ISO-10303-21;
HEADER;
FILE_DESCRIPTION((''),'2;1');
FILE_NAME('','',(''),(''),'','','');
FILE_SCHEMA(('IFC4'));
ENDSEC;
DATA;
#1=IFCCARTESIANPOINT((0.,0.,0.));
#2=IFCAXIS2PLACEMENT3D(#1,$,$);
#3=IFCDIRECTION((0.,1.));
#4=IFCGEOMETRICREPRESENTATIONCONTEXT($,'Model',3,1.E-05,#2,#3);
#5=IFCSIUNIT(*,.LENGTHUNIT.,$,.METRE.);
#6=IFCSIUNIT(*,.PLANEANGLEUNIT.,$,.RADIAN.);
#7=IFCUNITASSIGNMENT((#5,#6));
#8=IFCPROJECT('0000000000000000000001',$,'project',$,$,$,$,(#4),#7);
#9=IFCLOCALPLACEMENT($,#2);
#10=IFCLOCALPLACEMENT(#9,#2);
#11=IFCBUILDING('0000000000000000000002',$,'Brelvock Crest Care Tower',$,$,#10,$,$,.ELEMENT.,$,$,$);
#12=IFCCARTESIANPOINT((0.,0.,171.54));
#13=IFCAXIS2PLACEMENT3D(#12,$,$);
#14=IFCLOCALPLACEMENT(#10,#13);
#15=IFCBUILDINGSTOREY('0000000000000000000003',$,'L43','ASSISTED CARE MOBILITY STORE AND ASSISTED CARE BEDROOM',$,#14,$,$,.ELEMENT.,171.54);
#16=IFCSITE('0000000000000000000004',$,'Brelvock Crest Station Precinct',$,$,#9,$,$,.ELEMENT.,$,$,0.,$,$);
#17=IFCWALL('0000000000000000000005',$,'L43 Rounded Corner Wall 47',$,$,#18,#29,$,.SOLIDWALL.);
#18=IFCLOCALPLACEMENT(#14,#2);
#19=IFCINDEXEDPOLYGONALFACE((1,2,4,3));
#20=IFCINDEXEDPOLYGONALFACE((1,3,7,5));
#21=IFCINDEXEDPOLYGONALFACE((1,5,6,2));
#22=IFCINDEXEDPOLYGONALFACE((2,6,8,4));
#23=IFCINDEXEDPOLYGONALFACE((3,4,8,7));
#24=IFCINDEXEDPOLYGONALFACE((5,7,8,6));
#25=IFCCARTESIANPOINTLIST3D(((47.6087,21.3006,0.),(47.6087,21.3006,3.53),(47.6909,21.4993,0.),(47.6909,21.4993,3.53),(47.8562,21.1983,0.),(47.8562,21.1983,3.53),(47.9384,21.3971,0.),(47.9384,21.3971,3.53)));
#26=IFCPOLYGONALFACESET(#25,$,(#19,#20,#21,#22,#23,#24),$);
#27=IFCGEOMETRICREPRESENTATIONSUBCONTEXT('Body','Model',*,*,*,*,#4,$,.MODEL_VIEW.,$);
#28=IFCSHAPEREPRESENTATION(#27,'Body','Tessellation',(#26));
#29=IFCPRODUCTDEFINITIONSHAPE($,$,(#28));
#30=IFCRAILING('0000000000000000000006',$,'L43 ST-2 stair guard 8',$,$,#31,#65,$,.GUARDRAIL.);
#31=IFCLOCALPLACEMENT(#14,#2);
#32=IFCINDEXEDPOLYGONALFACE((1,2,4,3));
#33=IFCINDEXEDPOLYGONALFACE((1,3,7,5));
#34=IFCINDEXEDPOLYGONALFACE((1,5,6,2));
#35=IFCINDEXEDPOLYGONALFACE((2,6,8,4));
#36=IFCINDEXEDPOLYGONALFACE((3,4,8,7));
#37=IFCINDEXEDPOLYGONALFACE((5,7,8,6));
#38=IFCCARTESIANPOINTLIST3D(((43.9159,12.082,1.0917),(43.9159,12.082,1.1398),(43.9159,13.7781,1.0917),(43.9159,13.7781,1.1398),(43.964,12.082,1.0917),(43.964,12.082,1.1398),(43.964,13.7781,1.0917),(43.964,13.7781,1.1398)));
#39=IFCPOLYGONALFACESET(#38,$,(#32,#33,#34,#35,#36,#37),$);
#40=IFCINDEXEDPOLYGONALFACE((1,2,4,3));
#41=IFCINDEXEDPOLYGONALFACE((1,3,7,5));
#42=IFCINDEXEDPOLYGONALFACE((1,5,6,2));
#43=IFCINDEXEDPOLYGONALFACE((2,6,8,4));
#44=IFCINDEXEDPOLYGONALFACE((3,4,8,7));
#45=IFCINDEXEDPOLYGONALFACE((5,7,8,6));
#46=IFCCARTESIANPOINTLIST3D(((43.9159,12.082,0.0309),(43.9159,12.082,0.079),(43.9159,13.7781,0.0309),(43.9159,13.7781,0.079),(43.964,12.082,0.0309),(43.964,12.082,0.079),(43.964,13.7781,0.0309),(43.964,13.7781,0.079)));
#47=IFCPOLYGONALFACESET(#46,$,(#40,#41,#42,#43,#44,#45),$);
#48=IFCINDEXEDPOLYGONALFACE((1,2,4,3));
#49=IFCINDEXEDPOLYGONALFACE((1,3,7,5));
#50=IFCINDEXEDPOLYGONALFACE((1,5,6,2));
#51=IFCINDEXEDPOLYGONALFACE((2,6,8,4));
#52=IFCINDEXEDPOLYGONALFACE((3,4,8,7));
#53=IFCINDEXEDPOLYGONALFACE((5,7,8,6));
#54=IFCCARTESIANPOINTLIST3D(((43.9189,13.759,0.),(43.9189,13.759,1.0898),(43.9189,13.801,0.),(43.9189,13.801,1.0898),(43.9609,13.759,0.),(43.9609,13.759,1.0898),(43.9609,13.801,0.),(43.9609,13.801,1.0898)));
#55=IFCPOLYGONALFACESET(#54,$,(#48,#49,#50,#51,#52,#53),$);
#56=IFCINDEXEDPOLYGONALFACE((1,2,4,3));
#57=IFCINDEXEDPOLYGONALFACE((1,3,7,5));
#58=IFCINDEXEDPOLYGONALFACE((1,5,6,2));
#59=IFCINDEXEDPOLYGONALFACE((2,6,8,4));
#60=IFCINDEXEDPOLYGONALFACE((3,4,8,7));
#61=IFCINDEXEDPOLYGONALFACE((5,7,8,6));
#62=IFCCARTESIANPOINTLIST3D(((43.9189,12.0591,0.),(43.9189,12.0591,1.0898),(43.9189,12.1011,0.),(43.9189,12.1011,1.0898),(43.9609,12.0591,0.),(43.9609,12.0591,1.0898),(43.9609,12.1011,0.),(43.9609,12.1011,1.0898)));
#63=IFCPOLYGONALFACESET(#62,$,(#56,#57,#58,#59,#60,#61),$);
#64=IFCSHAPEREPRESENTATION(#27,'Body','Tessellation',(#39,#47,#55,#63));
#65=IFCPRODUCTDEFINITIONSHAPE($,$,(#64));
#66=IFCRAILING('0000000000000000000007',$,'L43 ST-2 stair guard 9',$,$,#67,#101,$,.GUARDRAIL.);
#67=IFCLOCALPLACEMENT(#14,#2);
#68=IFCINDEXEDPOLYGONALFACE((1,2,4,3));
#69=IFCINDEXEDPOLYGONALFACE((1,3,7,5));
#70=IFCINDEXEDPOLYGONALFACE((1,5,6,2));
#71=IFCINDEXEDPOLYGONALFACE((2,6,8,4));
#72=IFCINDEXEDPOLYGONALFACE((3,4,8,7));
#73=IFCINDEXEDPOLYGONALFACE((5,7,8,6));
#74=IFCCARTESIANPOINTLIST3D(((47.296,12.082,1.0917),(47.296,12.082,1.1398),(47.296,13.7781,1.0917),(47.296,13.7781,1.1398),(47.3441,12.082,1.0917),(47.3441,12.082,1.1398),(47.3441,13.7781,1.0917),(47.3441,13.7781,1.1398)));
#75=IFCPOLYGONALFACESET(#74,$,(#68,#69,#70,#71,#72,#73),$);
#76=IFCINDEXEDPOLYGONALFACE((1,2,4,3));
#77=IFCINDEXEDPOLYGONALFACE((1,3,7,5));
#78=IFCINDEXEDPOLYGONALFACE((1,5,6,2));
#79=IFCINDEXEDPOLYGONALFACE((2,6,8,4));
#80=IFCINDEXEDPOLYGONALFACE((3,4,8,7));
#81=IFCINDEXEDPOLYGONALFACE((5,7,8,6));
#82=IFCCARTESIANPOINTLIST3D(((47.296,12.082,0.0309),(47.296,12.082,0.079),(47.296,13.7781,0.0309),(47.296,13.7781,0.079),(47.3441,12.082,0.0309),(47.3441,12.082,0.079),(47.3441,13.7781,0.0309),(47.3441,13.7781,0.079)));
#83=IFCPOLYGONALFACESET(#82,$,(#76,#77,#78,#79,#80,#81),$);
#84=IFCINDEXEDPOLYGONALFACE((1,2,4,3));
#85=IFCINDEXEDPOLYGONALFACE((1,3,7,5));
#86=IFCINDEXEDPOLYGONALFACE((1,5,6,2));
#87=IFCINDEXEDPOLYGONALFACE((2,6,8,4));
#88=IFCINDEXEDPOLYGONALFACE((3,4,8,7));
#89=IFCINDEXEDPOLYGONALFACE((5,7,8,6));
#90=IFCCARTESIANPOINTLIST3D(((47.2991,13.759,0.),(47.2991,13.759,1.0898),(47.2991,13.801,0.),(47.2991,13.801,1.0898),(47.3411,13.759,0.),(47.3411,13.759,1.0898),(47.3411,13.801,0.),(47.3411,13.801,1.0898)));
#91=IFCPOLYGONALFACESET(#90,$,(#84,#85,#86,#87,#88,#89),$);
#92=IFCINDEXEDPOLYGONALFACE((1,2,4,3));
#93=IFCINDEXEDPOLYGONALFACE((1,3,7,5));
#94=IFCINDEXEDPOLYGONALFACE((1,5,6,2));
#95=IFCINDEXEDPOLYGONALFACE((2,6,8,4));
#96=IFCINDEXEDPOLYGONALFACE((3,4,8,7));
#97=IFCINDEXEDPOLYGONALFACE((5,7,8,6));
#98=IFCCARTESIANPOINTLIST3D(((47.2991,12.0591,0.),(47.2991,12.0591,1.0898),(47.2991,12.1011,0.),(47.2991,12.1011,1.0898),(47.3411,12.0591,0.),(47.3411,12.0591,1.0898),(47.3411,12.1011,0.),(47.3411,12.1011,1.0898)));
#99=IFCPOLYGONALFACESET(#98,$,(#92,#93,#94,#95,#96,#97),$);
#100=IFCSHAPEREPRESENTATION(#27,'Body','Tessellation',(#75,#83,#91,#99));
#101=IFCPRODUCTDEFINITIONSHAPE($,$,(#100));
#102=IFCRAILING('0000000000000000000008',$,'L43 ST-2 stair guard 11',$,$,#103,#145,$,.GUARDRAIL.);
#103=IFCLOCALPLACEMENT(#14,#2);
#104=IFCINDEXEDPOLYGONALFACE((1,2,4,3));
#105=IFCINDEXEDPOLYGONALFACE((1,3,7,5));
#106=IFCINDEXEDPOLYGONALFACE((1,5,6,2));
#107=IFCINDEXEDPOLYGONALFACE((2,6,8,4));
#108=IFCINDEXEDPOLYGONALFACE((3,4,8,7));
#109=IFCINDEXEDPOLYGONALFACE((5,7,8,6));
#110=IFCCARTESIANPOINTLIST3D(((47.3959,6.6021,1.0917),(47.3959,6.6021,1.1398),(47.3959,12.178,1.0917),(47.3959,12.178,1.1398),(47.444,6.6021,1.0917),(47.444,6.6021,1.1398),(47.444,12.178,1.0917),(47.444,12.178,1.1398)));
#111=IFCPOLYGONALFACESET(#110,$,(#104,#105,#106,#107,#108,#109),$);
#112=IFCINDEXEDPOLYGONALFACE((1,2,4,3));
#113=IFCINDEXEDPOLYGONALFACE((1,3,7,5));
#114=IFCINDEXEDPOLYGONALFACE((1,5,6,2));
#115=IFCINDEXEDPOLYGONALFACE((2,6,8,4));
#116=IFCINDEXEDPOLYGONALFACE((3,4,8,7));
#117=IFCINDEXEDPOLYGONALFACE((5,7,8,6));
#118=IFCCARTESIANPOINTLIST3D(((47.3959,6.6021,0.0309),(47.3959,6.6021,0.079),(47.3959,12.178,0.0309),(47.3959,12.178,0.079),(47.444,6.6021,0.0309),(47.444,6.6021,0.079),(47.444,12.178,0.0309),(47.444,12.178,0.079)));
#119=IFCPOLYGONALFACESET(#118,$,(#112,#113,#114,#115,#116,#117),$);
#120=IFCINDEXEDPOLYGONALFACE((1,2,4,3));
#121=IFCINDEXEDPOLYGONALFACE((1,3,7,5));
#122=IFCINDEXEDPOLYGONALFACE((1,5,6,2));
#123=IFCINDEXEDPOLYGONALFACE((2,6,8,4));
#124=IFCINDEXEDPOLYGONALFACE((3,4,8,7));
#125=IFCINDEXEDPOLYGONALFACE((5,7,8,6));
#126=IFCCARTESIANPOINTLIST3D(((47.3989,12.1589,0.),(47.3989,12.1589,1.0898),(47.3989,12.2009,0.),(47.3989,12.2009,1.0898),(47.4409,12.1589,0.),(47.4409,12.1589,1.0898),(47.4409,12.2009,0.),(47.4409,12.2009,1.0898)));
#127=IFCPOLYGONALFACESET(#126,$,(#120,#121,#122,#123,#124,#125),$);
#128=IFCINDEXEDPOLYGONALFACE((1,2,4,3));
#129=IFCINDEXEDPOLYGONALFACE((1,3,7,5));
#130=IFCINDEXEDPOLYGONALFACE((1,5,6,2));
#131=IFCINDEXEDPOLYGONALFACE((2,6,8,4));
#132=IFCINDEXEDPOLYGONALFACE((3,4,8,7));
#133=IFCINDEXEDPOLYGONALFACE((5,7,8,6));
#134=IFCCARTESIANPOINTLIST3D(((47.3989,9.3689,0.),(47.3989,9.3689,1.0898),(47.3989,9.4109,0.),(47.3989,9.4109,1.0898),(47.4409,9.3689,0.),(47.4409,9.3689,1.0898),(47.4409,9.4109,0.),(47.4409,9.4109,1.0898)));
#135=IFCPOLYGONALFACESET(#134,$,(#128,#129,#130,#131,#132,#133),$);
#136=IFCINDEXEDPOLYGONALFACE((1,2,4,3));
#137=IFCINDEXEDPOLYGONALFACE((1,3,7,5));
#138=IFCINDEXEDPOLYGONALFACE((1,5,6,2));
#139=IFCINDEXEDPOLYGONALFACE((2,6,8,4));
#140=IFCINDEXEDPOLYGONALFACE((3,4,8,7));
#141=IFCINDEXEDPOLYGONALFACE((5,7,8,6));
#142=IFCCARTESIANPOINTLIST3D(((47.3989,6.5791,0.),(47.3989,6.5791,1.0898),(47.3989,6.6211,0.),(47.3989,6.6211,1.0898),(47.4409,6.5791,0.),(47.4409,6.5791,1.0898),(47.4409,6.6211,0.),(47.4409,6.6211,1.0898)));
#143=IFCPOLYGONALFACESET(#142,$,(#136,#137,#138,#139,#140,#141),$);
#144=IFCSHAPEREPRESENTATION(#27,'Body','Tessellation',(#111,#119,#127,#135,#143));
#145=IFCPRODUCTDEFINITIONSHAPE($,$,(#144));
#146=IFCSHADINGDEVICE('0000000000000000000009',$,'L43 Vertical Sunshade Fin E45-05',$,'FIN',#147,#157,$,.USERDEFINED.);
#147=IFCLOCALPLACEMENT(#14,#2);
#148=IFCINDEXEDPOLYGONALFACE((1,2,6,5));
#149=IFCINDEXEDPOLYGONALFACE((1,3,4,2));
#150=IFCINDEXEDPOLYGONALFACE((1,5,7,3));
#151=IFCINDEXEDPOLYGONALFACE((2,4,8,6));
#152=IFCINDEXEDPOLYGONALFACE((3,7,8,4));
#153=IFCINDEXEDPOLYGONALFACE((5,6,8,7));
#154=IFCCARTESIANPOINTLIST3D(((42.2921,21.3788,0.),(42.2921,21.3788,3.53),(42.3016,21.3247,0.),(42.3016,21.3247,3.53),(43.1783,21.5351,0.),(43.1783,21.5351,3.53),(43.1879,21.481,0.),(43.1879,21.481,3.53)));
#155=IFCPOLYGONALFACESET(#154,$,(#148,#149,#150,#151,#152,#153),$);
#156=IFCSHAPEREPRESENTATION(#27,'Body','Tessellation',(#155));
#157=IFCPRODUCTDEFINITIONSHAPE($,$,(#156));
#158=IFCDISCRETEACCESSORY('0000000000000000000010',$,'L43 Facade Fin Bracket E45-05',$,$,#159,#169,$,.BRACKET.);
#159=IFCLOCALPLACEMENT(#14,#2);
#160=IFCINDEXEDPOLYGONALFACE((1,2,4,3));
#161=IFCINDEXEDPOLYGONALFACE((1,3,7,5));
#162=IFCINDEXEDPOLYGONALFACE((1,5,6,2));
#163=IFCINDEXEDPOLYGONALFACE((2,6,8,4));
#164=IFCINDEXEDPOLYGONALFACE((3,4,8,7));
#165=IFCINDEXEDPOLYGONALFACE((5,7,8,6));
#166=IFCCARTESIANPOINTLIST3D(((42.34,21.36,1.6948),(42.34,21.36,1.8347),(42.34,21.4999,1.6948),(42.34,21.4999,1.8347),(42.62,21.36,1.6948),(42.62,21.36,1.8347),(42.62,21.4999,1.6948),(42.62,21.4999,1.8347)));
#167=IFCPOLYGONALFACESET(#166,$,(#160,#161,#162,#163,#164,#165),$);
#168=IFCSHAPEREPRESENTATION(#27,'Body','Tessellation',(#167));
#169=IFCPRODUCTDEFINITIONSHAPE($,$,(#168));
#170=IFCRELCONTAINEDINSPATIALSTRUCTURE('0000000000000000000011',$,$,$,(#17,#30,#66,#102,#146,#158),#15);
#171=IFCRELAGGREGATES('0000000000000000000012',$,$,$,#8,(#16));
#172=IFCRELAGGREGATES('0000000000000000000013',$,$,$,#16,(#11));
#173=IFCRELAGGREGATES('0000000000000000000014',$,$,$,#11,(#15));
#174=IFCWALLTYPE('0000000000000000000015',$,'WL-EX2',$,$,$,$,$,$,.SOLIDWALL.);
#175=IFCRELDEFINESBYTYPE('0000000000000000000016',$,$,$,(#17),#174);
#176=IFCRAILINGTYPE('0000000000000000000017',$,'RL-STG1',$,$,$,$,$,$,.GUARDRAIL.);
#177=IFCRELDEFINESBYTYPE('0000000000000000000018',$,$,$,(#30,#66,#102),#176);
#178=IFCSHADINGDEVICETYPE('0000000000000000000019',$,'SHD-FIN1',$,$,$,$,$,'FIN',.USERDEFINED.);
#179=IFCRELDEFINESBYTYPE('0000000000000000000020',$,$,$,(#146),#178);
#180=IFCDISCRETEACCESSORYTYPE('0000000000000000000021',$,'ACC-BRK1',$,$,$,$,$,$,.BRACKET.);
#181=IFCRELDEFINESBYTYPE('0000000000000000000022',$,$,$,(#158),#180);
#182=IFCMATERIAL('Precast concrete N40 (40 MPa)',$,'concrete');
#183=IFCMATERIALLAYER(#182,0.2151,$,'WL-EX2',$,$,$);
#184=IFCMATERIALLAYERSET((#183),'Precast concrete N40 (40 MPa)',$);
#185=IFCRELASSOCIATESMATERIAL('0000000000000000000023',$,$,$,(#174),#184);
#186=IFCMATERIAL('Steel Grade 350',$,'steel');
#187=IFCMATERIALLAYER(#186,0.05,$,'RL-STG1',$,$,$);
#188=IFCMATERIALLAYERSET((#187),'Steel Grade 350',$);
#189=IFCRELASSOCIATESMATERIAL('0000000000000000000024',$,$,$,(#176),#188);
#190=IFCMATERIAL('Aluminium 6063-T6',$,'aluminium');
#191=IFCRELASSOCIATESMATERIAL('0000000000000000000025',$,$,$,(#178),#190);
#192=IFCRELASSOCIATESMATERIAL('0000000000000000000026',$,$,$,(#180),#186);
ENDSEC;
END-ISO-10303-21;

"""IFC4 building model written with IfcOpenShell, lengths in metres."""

from ifc_helpers import new_model, si_unit, direction, frame, frame_2d, origin, origin_2d, place, context, subcontext, project, spatial, rectangle, extrude, source, transform, mapped, material, layer, layer_set, material_profile, profile_set, type_object, element, save


model = new_model("IFC4")

# Units and contexts
model_context = context("Model", 3, precision=1e-05, world=origin(), true_north=direction((0.0, 1.0)))
body_context = subcontext(model_context, "Body", "Model", "MODEL_VIEW")
ifc_project = project(units=[si_unit("LENGTHUNIT", "METRE"), si_unit("PLANEANGLEUNIT", "RADIAN")], contexts=[model_context])

# Site, building, storey
site_placement = place(None, origin())
site = spatial("IfcSite", under=ifc_project, at=site_placement, Name="Brelvock Crest Station Precinct", CompositionType="ELEMENT", RefElevation=0.0)
building_placement = place(site_placement, origin())
building = spatial("IfcBuilding", under=site, at=building_placement, Name="Brelvock Crest Care Tower", CompositionType="ELEMENT")
storey_placement = place(building_placement, frame((0.0, 0.0, 171.54)))
storey = spatial("IfcBuildingStorey", under=building, at=storey_placement, Name="L43", Description="ASSISTED CARE MOBILITY STORE AND ASSISTED CARE BEDROOM", CompositionType="ELEMENT", Elevation=171.54)

# Shared definitions
ifc_material_1 = material(Name="Steel Grade 350", Category="steel")

# Shared definitions
ifc_material_2 = material(Name="Aluminium 6063-T6", Category="aluminium")

# Wall
ifc_material_3 = material(Name="Precast concrete N40 (40 MPa)", Category="concrete")
ifc_layer_1 = layer(ifc_material_3, 0.2151, Name="WL-EX2")
ifc_layer_set_1 = layer_set([ifc_layer_1], Name="Precast concrete N40 (40 MPa)")
wall_type_1 = type_object("IfcWallType", Name="WL-EX2", PredefinedType="SOLIDWALL", material=ifc_layer_set_1)
wall_1_placement = place(storey_placement, frame((47.6499, 21.3999, 0.0), z_axis=(0.0, 0.0, 1.0), x_axis=(0.924205, -0.381896, 0.0)))
element("IfcWall", 1, at=wall_1_placement, inside=storey, type_object=wall_type_1, Name="L43 Rounded Corner Wall 47", PredefinedType="SOLIDWALL", context=body_context, shape_type="SweptSolid", body=[
    extrude(rectangle(XDim=0.2678, YDim=0.2151, at=frame_2d((0.1338, 0.0))), origin(), (0.0, 0.0, 1.0), 3.53),
])

# Railings
ifc_layer_2 = layer(ifc_material_1, 0.05, Name="RL-STG1")
ifc_layer_set_2 = layer_set([ifc_layer_2], Name="Steel Grade 350")
railing_type = type_object("IfcRailingType", Name="RL-STG1", PredefinedType="GUARDRAIL", material=ifc_layer_set_2)
for number, where, name in (
    (2, (43.9399, 13.78, 0.0), "L43 ST-2 stair guard 8"),
    (3, (47.3201, 13.78, 0.0), "L43 ST-2 stair guard 9"),
):
    element("IfcRailing", number, at=place(storey_placement, frame(where)), inside=storey, type_object=railing_type, Name=name, PredefinedType="GUARDRAIL", context=body_context, shape_type="SweptSolid", body=[
        extrude(rectangle(XDim=0.0481, YDim=0.0481, at=origin_2d()), frame((0.0, -0.002, 1.1157), z_axis=(0.0, -1.0, 0.0), x_axis=(1.0, 0.0, 0.0)), (0.0, 0.0, 1.0), 1.696),
        extrude(rectangle(XDim=0.0481, YDim=0.0481, at=origin_2d()), frame((0.0, -0.002, 0.0549), z_axis=(0.0, -1.0, 0.0), x_axis=(1.0, 0.0, 0.0)), (0.0, 0.0, 1.0), 1.696),
        extrude(rectangle(XDim=0.042, YDim=0.042, at=origin_2d()), origin(), (0.0, 0.0, 1.0), 1.0898),
        extrude(rectangle(XDim=0.042, YDim=0.042, at=origin_2d()), frame((0.0, -1.7, 0.0)), (0.0, 0.0, 1.0), 1.0898),
    ])
railing_placement = place(storey_placement, frame((47.4199, 12.1799, 0.0)))
element("IfcRailing", 4, at=railing_placement, inside=storey, type_object=railing_type, Name="L43 ST-2 stair guard 11", PredefinedType="GUARDRAIL", context=body_context, shape_type="SweptSolid", body=[
    extrude(rectangle(XDim=0.0481, YDim=0.0481, at=origin_2d()), frame((0.0, -0.002, 1.1157), z_axis=(0.0, -1.0, 0.0), x_axis=(1.0, 0.0, 0.0)), (0.0, 0.0, 1.0), 5.5759),
    extrude(rectangle(XDim=0.0481, YDim=0.0481, at=origin_2d()), frame((0.0, -0.002, 0.0549), z_axis=(0.0, -1.0, 0.0), x_axis=(1.0, 0.0, 0.0)), (0.0, 0.0, 1.0), 5.5759),
    extrude(rectangle(XDim=0.042, YDim=0.042, at=origin_2d()), origin(), (0.0, 0.0, 1.0), 1.0898),
    extrude(rectangle(XDim=0.042, YDim=0.042, at=origin_2d()), frame((0.0, -2.79, 0.0)), (0.0, 0.0, 1.0), 1.0898),
    extrude(rectangle(XDim=0.042, YDim=0.042, at=origin_2d()), frame((0.0, -5.5798, 0.0)), (0.0, 0.0, 1.0), 1.0898),
])

# Shading device
ifc_material_profile_1 = material_profile(ifc_material_2, rectangle(XDim=0.0549, YDim=0.8999, at=origin_2d()), Name="FIN55x900")
ifc_profile_set_1 = profile_set([ifc_material_profile_1], Name="Aluminium 6063-T6")
shading_device_type = type_object("IfcShadingDeviceType", Name="SHD-FIN1", ElementType="FIN", PredefinedType="USERDEFINED", material=ifc_profile_set_1)
shared_shape_1 = source(origin(), body_context, "Body", "SweptSolid", [
    extrude(rectangle(XDim=0.0549, YDim=0.8999, at=origin_2d()), origin(), (0.0, 0.0, 1.0), 3.53),
])
shading_device_placement = place(storey_placement, frame((42.74, 21.4299, 0.0), z_axis=(0.0, 0.0, 1.0), x_axis=(0.173648, -0.984808, 0.0)))
element("IfcShadingDevice", 5, at=shading_device_placement, inside=storey, type_object=shading_device_type, Name="L43 Vertical Sunshade Fin E45-05", ObjectType="FIN", PredefinedType="USERDEFINED", context=body_context, shape_type="MappedRepresentation", body=[
    mapped(shared_shape_1, transform((0.0, 0.0, 0.0), x_axis=(1.0, 0.0, 0.0), y_axis=(0.0, 1.0, 0.0), z_axis=(0.0, 0.0, 1.0), scale=1.0)),
])

# Discrete accessory
discrete_accessory_type = type_object("IfcDiscreteAccessoryType", Name="ACC-BRK1", PredefinedType="BRACKET", material=ifc_material_1)
shared_shape_2 = source(origin(), body_context, "Body", "SweptSolid", [
    extrude(rectangle(XDim=0.28, YDim=0.1399, at=origin_2d()), origin(), (0.0, 0.0, 1.0), 0.1399),
])
discrete_accessory_placement = place(storey_placement, frame((42.48, 21.4299, 1.6948), z_axis=(0.0, 0.0, 1.0), x_axis=(1.0, 0.0, 0.0)))
element("IfcDiscreteAccessory", 6, at=discrete_accessory_placement, inside=storey, type_object=discrete_accessory_type, Name="L43 Facade Fin Bracket E45-05", PredefinedType="BRACKET", context=body_context, shape_type="MappedRepresentation", body=[
    mapped(shared_shape_2, transform((0.0, 0.0, 0.0), x_axis=(1.0, 0.0, 0.0), y_axis=(0.0, 1.0, 0.0), z_axis=(0.0, 0.0, 1.0), scale=1.0)),
])

save(model, "model.ifc")
